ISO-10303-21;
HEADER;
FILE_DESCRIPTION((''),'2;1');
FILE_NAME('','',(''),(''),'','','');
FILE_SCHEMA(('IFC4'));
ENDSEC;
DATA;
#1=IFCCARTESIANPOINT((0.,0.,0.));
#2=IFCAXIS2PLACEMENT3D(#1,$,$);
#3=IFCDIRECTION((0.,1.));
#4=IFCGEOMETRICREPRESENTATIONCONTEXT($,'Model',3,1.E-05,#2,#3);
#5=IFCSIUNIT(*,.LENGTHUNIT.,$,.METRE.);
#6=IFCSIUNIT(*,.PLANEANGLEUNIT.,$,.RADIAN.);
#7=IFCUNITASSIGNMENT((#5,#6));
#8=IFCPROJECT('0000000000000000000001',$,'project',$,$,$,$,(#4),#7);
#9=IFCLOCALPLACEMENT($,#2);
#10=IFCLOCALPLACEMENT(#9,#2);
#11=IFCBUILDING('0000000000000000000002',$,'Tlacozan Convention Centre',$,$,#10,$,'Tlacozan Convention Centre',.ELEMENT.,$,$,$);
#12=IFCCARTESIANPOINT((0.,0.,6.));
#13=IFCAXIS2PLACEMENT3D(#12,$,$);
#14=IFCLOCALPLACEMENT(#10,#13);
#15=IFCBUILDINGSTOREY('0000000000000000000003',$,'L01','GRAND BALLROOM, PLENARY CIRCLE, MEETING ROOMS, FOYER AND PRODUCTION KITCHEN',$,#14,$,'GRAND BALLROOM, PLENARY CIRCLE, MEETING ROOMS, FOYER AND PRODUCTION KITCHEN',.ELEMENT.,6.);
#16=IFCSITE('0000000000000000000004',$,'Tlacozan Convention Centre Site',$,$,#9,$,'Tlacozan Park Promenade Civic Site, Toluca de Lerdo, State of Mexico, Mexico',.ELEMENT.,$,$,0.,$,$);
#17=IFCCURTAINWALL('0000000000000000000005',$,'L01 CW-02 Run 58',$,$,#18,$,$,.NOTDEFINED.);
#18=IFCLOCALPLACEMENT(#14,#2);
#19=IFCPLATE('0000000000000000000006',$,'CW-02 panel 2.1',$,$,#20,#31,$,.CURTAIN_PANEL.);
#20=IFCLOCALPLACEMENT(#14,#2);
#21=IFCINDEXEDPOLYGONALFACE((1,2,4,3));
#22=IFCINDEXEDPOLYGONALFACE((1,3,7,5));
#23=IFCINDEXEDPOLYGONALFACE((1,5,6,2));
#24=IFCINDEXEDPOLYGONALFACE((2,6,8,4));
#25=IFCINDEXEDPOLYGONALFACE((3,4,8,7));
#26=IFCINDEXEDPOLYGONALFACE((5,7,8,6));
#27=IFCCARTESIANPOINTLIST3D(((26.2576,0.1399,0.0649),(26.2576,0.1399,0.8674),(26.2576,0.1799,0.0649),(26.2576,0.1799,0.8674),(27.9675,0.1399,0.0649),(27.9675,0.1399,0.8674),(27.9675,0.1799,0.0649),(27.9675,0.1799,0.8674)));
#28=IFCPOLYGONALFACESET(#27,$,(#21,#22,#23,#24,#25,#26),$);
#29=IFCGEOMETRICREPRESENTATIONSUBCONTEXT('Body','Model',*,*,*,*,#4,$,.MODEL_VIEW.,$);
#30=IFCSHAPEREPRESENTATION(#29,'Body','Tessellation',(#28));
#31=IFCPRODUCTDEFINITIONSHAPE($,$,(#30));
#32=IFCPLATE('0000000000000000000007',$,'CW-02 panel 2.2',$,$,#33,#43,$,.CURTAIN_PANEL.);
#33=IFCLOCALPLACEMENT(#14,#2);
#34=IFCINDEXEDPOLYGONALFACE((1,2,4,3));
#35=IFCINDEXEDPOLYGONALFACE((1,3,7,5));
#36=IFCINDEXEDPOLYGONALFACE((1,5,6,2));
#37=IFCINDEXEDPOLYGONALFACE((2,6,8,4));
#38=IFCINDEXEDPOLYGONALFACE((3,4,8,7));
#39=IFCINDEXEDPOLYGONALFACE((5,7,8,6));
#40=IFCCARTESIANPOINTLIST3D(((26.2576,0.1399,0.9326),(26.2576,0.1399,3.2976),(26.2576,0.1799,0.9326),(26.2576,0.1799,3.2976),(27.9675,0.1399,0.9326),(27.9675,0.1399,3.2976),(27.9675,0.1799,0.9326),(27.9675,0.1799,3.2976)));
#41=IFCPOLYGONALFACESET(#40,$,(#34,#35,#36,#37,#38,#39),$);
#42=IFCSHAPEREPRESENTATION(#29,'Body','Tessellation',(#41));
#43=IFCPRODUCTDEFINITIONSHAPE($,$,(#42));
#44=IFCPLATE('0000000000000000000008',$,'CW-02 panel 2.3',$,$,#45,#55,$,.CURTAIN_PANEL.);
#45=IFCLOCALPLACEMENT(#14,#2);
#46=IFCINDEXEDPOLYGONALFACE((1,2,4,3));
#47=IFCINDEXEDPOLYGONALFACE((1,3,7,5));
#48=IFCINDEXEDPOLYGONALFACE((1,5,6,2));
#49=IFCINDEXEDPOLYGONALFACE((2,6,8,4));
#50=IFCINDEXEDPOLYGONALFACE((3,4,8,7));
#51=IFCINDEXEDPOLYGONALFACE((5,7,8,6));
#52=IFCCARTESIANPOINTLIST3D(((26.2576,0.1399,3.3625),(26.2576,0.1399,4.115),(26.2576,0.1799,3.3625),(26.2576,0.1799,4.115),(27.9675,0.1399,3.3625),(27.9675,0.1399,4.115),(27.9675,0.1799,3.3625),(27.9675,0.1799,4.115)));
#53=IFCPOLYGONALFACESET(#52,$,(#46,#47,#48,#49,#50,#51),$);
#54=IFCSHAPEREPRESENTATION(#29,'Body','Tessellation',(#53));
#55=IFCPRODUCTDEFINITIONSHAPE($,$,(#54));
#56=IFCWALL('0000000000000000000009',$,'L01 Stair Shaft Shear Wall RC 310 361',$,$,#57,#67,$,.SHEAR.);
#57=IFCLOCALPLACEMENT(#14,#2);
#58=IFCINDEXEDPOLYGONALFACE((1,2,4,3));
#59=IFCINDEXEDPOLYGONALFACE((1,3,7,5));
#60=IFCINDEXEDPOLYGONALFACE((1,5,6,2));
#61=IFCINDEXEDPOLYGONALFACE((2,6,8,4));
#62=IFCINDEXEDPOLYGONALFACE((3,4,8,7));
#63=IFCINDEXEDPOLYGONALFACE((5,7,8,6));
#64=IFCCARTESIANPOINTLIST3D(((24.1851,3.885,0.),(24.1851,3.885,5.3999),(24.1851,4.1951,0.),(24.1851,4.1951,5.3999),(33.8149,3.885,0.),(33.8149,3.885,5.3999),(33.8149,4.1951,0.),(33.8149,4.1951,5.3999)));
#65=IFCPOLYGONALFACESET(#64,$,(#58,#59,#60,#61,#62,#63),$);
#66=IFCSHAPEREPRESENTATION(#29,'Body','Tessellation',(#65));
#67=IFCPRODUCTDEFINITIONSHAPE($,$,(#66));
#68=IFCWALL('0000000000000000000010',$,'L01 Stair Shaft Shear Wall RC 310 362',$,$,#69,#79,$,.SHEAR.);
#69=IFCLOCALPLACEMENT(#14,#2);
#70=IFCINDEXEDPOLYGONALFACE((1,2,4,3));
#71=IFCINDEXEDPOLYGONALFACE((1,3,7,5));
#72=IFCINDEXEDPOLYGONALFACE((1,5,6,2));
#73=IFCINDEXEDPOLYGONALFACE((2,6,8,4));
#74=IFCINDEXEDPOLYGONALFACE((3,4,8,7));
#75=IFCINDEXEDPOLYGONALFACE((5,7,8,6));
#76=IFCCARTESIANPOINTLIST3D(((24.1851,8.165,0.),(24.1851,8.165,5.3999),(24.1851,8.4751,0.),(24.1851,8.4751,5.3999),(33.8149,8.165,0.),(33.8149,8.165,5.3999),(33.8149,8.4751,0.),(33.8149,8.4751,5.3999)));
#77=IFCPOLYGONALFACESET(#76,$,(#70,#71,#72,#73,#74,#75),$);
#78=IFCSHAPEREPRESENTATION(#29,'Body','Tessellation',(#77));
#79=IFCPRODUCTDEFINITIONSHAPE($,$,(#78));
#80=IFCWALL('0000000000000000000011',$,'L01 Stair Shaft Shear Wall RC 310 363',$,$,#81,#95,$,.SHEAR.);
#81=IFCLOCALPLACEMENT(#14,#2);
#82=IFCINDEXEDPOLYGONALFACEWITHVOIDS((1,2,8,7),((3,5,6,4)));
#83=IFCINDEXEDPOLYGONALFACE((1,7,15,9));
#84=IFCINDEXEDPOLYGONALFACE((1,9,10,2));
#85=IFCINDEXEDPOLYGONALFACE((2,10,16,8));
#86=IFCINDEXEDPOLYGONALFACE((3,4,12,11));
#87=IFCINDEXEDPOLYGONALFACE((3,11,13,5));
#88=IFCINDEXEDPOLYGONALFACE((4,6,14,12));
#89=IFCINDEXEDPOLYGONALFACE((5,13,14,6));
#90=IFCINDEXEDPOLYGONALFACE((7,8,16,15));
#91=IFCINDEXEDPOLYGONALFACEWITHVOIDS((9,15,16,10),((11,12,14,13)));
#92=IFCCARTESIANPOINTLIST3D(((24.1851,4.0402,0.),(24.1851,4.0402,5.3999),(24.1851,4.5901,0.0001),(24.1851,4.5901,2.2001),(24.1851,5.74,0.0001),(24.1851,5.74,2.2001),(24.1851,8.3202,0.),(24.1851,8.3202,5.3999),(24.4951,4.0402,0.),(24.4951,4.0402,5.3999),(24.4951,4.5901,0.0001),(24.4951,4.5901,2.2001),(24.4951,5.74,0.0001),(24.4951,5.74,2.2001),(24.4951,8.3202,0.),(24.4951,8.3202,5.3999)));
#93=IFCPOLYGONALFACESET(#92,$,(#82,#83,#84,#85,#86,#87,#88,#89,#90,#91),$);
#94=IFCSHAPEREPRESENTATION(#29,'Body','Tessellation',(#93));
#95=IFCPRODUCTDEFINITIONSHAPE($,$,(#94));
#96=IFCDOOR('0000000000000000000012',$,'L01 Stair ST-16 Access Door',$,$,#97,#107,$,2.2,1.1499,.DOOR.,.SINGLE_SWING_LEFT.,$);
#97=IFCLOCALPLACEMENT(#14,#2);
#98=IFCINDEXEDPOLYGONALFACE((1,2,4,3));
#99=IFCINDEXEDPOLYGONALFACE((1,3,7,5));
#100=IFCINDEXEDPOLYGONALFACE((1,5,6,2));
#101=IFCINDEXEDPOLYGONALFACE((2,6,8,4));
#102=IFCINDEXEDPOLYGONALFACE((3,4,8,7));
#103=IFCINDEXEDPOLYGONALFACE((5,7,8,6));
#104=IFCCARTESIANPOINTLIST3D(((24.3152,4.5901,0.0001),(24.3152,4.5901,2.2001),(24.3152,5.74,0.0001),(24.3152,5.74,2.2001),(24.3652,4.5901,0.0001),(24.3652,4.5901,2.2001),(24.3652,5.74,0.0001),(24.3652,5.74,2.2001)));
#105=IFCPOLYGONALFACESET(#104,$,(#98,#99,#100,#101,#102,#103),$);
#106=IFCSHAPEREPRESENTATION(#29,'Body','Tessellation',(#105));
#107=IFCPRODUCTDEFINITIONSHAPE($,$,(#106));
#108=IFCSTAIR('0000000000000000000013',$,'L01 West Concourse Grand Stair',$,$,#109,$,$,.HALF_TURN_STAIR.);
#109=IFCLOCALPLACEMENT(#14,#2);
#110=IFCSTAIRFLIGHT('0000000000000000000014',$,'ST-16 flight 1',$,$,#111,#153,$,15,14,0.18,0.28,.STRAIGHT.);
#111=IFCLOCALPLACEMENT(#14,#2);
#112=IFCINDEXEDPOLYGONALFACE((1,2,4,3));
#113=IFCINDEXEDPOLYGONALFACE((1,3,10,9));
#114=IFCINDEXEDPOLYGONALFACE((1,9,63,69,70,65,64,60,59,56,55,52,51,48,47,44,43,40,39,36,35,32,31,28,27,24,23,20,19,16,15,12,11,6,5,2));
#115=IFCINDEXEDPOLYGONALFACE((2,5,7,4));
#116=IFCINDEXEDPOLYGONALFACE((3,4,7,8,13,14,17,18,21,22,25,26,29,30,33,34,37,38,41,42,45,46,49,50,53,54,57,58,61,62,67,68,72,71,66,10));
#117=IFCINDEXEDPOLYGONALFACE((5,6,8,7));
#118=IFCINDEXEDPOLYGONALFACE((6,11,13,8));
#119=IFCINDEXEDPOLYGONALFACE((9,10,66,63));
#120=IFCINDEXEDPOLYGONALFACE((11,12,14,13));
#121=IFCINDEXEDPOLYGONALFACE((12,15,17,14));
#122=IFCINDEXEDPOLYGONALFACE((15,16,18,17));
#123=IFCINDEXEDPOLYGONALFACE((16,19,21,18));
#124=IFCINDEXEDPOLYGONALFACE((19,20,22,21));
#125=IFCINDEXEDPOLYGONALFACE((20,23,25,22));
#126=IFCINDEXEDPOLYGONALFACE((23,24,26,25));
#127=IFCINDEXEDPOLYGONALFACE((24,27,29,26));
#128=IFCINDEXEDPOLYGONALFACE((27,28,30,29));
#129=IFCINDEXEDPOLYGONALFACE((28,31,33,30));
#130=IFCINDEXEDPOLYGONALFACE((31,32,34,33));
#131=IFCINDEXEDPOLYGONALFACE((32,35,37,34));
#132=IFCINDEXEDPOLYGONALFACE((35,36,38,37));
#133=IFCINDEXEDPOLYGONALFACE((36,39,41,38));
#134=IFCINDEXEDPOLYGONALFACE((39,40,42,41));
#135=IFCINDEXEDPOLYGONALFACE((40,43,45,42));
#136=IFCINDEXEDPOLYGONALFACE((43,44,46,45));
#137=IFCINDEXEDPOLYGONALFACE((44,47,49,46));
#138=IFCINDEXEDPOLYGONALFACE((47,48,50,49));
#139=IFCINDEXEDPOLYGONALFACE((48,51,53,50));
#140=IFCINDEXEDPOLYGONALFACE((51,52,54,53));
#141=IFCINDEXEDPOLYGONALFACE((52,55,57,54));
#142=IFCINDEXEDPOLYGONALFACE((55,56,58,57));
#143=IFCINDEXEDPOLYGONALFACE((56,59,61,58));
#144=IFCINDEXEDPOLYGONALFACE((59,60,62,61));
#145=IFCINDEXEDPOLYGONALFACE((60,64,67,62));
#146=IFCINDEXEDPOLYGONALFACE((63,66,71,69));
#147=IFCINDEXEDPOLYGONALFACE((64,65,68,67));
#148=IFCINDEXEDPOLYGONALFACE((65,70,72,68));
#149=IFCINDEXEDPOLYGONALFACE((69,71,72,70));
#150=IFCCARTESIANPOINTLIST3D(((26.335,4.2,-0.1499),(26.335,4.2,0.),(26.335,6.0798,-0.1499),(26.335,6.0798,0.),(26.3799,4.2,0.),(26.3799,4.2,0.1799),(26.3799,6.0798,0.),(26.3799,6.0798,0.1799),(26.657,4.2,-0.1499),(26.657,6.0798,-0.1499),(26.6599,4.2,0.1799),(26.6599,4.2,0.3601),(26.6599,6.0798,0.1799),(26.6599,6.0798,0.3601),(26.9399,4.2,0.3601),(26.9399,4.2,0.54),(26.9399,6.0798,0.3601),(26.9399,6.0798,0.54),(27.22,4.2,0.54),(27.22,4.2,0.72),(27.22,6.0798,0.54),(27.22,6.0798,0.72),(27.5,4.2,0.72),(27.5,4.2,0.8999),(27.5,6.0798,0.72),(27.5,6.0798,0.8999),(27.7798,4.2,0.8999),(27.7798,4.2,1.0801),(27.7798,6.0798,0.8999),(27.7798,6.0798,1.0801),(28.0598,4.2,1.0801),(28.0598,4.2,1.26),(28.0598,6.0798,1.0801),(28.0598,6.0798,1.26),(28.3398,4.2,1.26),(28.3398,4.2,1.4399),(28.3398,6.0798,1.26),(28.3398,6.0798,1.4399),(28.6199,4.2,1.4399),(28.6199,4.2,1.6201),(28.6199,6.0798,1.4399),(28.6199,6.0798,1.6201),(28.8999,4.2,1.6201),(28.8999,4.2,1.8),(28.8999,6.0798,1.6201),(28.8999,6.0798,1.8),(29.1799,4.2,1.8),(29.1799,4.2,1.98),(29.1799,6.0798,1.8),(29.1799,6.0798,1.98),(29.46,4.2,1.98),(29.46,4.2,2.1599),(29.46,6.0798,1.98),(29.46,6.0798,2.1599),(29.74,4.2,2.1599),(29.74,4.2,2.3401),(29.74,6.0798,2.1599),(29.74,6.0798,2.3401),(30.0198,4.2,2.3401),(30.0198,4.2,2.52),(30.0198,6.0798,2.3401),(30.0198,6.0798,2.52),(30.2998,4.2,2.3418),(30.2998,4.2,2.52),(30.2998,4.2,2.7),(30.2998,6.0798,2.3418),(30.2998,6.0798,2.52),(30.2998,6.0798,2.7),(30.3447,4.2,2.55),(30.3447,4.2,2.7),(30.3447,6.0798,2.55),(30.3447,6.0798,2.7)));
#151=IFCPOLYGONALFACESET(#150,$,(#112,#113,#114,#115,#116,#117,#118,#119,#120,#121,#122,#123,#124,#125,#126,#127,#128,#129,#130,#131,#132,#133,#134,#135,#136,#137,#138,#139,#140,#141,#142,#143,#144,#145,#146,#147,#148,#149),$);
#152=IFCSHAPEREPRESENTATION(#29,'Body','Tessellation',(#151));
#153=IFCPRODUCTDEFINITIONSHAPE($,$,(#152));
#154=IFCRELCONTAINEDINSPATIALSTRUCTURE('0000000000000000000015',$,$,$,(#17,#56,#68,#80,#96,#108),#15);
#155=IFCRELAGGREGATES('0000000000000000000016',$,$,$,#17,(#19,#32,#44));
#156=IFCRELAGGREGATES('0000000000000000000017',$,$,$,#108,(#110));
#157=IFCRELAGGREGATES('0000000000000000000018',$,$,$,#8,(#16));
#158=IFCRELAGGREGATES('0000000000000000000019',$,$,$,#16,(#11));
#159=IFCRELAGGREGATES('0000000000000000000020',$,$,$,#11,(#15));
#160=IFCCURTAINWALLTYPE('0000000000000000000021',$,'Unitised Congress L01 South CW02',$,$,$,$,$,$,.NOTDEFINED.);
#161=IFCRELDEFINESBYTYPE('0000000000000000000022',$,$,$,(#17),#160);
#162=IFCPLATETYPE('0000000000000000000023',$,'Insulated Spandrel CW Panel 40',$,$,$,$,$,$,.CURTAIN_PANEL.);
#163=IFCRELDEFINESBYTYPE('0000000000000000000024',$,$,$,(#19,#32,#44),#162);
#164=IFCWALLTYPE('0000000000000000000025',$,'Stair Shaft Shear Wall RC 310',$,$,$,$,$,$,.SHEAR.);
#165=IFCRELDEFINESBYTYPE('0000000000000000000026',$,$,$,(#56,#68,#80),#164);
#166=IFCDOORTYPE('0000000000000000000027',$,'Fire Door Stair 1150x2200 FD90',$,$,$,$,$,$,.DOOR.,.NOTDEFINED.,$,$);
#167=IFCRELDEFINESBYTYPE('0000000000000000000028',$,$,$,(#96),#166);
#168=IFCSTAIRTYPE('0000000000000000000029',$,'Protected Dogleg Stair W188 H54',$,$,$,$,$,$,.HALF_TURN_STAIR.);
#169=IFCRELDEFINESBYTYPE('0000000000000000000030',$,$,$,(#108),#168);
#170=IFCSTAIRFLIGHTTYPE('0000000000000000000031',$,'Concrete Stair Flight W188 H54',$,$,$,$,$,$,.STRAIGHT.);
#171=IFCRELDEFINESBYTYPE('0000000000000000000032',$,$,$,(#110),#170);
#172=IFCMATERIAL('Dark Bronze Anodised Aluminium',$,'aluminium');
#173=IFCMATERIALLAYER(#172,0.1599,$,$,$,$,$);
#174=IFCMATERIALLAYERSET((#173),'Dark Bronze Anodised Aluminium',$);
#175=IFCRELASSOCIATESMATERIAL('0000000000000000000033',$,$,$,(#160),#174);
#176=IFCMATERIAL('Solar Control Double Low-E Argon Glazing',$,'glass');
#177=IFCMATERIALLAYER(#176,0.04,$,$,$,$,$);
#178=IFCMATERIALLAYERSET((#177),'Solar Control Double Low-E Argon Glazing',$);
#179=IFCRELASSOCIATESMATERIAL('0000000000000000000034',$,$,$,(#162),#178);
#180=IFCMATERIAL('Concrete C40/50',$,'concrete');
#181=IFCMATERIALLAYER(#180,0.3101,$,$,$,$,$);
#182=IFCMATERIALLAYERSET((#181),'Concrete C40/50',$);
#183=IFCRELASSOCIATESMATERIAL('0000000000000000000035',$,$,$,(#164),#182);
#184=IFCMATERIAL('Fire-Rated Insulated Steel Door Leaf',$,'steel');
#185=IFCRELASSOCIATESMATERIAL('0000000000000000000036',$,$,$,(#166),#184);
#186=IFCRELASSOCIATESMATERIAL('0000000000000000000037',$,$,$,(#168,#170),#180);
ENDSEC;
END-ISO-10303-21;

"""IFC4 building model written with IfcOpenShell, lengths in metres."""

from ifc_helpers import new_model, si_unit, direction, frame, frame_2d, origin, origin_2d, place, context, subcontext, project, spatial, polyline, rectangle, outline, extrude, material, layer, layer_set, type_object, element, fill, aggregate, save


model = new_model("IFC4")

# Units and contexts
model_context = context("Model", 3, precision=1e-05, world=origin(), true_north=direction((0.0, 1.0)))
body_context = subcontext(model_context, "Body", "Model", "MODEL_VIEW")
ifc_project = project(units=[si_unit("LENGTHUNIT", "METRE"), si_unit("PLANEANGLEUNIT", "RADIAN")], contexts=[model_context])

# Site, building, storey
site_placement = place(None, origin())
site = spatial("IfcSite", under=ifc_project, at=site_placement, Name="Tlacozan Convention Centre Site", LongName="Tlacozan Park Promenade Civic Site, Toluca de Lerdo, State of Mexico, Mexico", CompositionType="ELEMENT", RefElevation=0.0)
building_placement = place(site_placement, origin())
building = spatial("IfcBuilding", under=site, at=building_placement, Name="Tlacozan Convention Centre", LongName="Tlacozan Convention Centre", CompositionType="ELEMENT")
storey_placement = place(building_placement, frame((0.0, 0.0, 6.0)))
storey = spatial("IfcBuildingStorey", under=building, at=storey_placement, Name="L01", Description="GRAND BALLROOM, PLENARY CIRCLE, MEETING ROOMS, FOYER AND PRODUCTION KITCHEN", LongName="GRAND BALLROOM, PLENARY CIRCLE, MEETING ROOMS, FOYER AND PRODUCTION KITCHEN", CompositionType="ELEMENT", Elevation=6.0)

# Shared definitions
ifc_material_1 = material(Name="Dark Bronze Anodised Aluminium", Category="aluminium")
ifc_layer_1 = layer(ifc_material_1, 0.1599)
ifc_layer_set_1 = layer_set([ifc_layer_1], Name="Dark Bronze Anodised Aluminium")
curtain_wall_type = type_object("IfcCurtainWallType", Name="Unitised Congress L01 South CW02", PredefinedType="NOTDEFINED", material=ifc_layer_set_1)

# Curtain wall, plates
curtain_wall_1_placement = place(storey_placement, origin())
curtain_wall_1 = element("IfcCurtainWall", 1, at=curtain_wall_1_placement, inside=storey, type_object=curtain_wall_type, Name="L01 CW-02 Run 58", PredefinedType="NOTDEFINED")
ifc_material_2 = material(Name="Solar Control Double Low-E Argon Glazing", Category="glass")
ifc_layer_2 = layer(ifc_material_2, 0.04)
ifc_layer_set_2 = layer_set([ifc_layer_2], Name="Solar Control Double Low-E Argon Glazing")
plate_type = type_object("IfcPlateType", Name="Insulated Spandrel CW Panel 40", PredefinedType="CURTAIN_PANEL", material=ifc_layer_set_2)
plate_1_placement = place(storey_placement, frame((27.1125, 0.1599, 0.0649), z_axis=(0.0, 0.0, 1.0), x_axis=(1.0, 0.0, 0.0)))
plate_1 = element("IfcPlate", 2, at=plate_1_placement, type_object=plate_type, Name="CW-02 panel 2.1", PredefinedType="CURTAIN_PANEL", context=body_context, shape_type="SweptSolid", body=[
    extrude(rectangle(XDim=1.71, YDim=0.04, at=origin_2d()), origin(), (0.0, 0.0, 1.0), 0.8025),
])
plate_2_placement = place(storey_placement, frame((27.1125, 0.1599, 0.9326), z_axis=(0.0, 0.0, 1.0), x_axis=(1.0, 0.0, 0.0)))
plate_2 = element("IfcPlate", 3, at=plate_2_placement, type_object=plate_type, Name="CW-02 panel 2.2", PredefinedType="CURTAIN_PANEL", context=body_context, shape_type="SweptSolid", body=[
    extrude(rectangle(XDim=1.71, YDim=0.04, at=origin_2d()), origin(), (0.0, 0.0, 1.0), 2.365),
])
plate_3_placement = place(storey_placement, frame((27.1125, 0.1599, 3.3625), z_axis=(0.0, 0.0, 1.0), x_axis=(1.0, 0.0, 0.0)))
plate_3 = element("IfcPlate", 4, at=plate_3_placement, type_object=plate_type, Name="CW-02 panel 2.3", PredefinedType="CURTAIN_PANEL", context=body_context, shape_type="SweptSolid", body=[
    extrude(rectangle(XDim=1.71, YDim=0.04, at=origin_2d()), origin(), (0.0, 0.0, 1.0), 0.7524),
])
aggregate(curtain_wall_1, [plate_1, plate_2, plate_3])

# Walls
ifc_material_3 = material(Name="Concrete C40/50", Category="concrete")
ifc_layer_3 = layer(ifc_material_3, 0.3101)
ifc_layer_set_3 = layer_set([ifc_layer_3], Name="Concrete C40/50")
wall_type = type_object("IfcWallType", Name="Stair Shaft Shear Wall RC 310", PredefinedType="SHEAR", material=ifc_layer_set_3)
for number, where, z_axis, x_axis, name in (
    (5, (24.1851, 4.04, 0.0), (0.0, 0.0, 1.0), (1.0, 0.0, 0.0), "L01 Stair Shaft Shear Wall RC 310 361"),
    (6, (24.1851, 8.3201, 0.0), (0.0, 0.0, 1.0), (1.0, 0.0, 0.0), "L01 Stair Shaft Shear Wall RC 310 362"),
):
    element("IfcWall", number, at=place(storey_placement, frame(where, z_axis=z_axis, x_axis=x_axis)), inside=storey, type_object=wall_type, Name=name, PredefinedType="SHEAR", context=body_context, shape_type="SweptSolid", body=[
        extrude(rectangle(XDim=9.6299, YDim=0.3101, at=frame_2d((4.8149, 0.0))), origin(), (0.0, 0.0, 1.0), 5.3999),
    ])

# Wall, opening, door
wall_placement = place(storey_placement, frame((24.3401, 4.04, 0.0), z_axis=(0.0, 0.0, 1.0), x_axis=(0.0, 1.0, 0.0)))
wall = element("IfcWall", 7, at=wall_placement, inside=storey, type_object=wall_type, Name="L01 Stair Shaft Shear Wall RC 310 363", PredefinedType="SHEAR", context=body_context, shape_type="SweptSolid", body=[
    extrude(rectangle(XDim=4.28, YDim=0.3101, at=frame_2d((2.1401, 0.0))), origin(), (0.0, 0.0, 1.0), 5.3999),
])
opening_placement = place(wall_placement, frame((0.55, 0.0, 0.0)))
opening = element("IfcOpeningElement", 8, at=opening_placement, cuts=wall, PredefinedType="OPENING", context=body_context, shape_type="SweptSolid", body=[
    extrude(rectangle(XDim=1.1499, YDim=2.2, at=frame_2d((0.575, 1.1001))), frame((0.0, 0.165, 0.0), z_axis=(0.0, -1.0, 0.0), x_axis=(1.0, 0.0, 0.0)), (0.0, 0.0, 1.0), 0.3301),
])
ifc_material_4 = material(Name="Fire-Rated Insulated Steel Door Leaf", Category="steel")
door_type = type_object("IfcDoorType", Name="Fire Door Stair 1150x2200 FD90", OperationType="NOTDEFINED", PredefinedType="DOOR", material=ifc_material_4)
door_placement = place(opening_placement, origin())
door = element("IfcDoor", 9, at=door_placement, inside=storey, type_object=door_type, Name="L01 Stair ST-16 Access Door", OperationType="SINGLE_SWING_LEFT", OverallHeight=2.2, OverallWidth=1.1499, PredefinedType="DOOR", context=body_context, shape_type="SweptSolid", body=[
    extrude(rectangle(XDim=1.1499, YDim=2.2, at=frame_2d((0.575, 1.1001))), frame((0.0, 0.0249, 0.0), z_axis=(0.0, -1.0, 0.0), x_axis=(1.0, 0.0, 0.0)), (0.0, 0.0, 1.0), 0.05),
])
fill(opening, door)

# Stair, stair flight
stair_type = type_object("IfcStairType", Name="Protected Dogleg Stair W188 H54", PredefinedType="HALF_TURN_STAIR", material=ifc_material_3)
stair_placement = place(storey_placement, origin())
stair = element("IfcStair", 10, at=stair_placement, inside=storey, type_object=stair_type, Name="L01 West Concourse Grand Stair", PredefinedType="HALF_TURN_STAIR")
stair_flight_type = type_object("IfcStairFlightType", Name="Concrete Stair Flight W188 H54", PredefinedType="STRAIGHT", material=ifc_material_3)
stair_flight_placement = place(storey_placement, frame((26.3799, 5.1399, 0.0), z_axis=(0.0, 0.0, 1.0), x_axis=(1.0, 0.0, 0.0)))
stair_flight = element("IfcStairFlight", 11, at=stair_flight_placement, type_object=stair_flight_type, Name="ST-16 flight 1", NumberOfRisers=15, NumberOfTreads=14, PredefinedType="STRAIGHT", RiserHeight=0.18, TreadLength=0.28, context=body_context, shape_type="SweptSolid", body=[
    extrude(outline(polyline([(-0.0449, -0.1499), (-0.0449, 0.0), (0.0, 0.0), (0.0, 0.1799), (0.28, 0.1799), (0.28, 0.3601), (0.5601, 0.3601), (0.5601, 0.54), (0.8401, 0.54), (0.8401, 0.72), (1.1201, 0.72), (1.1201, 0.8999), (1.3999, 0.8999), (1.3999, 1.0801), (1.6799, 1.0801), (1.6799, 1.26), (1.96, 1.26), (1.96, 1.4399), (2.24, 1.4399), (2.24, 1.6201), (2.52, 1.6201), (2.52, 1.8), (2.8, 1.8), (2.8, 1.98), (3.0801, 1.98), (3.0801, 2.1599), (3.3601, 2.1599), (3.3601, 2.3401), (3.6399, 2.3401), (3.6399, 2.52), (3.9199, 2.52), (3.9199, 2.7), (3.9648, 2.7), (3.9648, 2.55), (3.9199, 2.3418), (0.2771, -0.1499), (-0.0449, -0.1499)])), frame((0.0, 0.9399, 0.0), z_axis=(0.0, -1.0, 0.0), x_axis=(1.0, 0.0, 0.0)), (0.0, 0.0, 1.0), 1.8799),
])
aggregate(stair, [stair_flight])

save(model, "model.ifc")
